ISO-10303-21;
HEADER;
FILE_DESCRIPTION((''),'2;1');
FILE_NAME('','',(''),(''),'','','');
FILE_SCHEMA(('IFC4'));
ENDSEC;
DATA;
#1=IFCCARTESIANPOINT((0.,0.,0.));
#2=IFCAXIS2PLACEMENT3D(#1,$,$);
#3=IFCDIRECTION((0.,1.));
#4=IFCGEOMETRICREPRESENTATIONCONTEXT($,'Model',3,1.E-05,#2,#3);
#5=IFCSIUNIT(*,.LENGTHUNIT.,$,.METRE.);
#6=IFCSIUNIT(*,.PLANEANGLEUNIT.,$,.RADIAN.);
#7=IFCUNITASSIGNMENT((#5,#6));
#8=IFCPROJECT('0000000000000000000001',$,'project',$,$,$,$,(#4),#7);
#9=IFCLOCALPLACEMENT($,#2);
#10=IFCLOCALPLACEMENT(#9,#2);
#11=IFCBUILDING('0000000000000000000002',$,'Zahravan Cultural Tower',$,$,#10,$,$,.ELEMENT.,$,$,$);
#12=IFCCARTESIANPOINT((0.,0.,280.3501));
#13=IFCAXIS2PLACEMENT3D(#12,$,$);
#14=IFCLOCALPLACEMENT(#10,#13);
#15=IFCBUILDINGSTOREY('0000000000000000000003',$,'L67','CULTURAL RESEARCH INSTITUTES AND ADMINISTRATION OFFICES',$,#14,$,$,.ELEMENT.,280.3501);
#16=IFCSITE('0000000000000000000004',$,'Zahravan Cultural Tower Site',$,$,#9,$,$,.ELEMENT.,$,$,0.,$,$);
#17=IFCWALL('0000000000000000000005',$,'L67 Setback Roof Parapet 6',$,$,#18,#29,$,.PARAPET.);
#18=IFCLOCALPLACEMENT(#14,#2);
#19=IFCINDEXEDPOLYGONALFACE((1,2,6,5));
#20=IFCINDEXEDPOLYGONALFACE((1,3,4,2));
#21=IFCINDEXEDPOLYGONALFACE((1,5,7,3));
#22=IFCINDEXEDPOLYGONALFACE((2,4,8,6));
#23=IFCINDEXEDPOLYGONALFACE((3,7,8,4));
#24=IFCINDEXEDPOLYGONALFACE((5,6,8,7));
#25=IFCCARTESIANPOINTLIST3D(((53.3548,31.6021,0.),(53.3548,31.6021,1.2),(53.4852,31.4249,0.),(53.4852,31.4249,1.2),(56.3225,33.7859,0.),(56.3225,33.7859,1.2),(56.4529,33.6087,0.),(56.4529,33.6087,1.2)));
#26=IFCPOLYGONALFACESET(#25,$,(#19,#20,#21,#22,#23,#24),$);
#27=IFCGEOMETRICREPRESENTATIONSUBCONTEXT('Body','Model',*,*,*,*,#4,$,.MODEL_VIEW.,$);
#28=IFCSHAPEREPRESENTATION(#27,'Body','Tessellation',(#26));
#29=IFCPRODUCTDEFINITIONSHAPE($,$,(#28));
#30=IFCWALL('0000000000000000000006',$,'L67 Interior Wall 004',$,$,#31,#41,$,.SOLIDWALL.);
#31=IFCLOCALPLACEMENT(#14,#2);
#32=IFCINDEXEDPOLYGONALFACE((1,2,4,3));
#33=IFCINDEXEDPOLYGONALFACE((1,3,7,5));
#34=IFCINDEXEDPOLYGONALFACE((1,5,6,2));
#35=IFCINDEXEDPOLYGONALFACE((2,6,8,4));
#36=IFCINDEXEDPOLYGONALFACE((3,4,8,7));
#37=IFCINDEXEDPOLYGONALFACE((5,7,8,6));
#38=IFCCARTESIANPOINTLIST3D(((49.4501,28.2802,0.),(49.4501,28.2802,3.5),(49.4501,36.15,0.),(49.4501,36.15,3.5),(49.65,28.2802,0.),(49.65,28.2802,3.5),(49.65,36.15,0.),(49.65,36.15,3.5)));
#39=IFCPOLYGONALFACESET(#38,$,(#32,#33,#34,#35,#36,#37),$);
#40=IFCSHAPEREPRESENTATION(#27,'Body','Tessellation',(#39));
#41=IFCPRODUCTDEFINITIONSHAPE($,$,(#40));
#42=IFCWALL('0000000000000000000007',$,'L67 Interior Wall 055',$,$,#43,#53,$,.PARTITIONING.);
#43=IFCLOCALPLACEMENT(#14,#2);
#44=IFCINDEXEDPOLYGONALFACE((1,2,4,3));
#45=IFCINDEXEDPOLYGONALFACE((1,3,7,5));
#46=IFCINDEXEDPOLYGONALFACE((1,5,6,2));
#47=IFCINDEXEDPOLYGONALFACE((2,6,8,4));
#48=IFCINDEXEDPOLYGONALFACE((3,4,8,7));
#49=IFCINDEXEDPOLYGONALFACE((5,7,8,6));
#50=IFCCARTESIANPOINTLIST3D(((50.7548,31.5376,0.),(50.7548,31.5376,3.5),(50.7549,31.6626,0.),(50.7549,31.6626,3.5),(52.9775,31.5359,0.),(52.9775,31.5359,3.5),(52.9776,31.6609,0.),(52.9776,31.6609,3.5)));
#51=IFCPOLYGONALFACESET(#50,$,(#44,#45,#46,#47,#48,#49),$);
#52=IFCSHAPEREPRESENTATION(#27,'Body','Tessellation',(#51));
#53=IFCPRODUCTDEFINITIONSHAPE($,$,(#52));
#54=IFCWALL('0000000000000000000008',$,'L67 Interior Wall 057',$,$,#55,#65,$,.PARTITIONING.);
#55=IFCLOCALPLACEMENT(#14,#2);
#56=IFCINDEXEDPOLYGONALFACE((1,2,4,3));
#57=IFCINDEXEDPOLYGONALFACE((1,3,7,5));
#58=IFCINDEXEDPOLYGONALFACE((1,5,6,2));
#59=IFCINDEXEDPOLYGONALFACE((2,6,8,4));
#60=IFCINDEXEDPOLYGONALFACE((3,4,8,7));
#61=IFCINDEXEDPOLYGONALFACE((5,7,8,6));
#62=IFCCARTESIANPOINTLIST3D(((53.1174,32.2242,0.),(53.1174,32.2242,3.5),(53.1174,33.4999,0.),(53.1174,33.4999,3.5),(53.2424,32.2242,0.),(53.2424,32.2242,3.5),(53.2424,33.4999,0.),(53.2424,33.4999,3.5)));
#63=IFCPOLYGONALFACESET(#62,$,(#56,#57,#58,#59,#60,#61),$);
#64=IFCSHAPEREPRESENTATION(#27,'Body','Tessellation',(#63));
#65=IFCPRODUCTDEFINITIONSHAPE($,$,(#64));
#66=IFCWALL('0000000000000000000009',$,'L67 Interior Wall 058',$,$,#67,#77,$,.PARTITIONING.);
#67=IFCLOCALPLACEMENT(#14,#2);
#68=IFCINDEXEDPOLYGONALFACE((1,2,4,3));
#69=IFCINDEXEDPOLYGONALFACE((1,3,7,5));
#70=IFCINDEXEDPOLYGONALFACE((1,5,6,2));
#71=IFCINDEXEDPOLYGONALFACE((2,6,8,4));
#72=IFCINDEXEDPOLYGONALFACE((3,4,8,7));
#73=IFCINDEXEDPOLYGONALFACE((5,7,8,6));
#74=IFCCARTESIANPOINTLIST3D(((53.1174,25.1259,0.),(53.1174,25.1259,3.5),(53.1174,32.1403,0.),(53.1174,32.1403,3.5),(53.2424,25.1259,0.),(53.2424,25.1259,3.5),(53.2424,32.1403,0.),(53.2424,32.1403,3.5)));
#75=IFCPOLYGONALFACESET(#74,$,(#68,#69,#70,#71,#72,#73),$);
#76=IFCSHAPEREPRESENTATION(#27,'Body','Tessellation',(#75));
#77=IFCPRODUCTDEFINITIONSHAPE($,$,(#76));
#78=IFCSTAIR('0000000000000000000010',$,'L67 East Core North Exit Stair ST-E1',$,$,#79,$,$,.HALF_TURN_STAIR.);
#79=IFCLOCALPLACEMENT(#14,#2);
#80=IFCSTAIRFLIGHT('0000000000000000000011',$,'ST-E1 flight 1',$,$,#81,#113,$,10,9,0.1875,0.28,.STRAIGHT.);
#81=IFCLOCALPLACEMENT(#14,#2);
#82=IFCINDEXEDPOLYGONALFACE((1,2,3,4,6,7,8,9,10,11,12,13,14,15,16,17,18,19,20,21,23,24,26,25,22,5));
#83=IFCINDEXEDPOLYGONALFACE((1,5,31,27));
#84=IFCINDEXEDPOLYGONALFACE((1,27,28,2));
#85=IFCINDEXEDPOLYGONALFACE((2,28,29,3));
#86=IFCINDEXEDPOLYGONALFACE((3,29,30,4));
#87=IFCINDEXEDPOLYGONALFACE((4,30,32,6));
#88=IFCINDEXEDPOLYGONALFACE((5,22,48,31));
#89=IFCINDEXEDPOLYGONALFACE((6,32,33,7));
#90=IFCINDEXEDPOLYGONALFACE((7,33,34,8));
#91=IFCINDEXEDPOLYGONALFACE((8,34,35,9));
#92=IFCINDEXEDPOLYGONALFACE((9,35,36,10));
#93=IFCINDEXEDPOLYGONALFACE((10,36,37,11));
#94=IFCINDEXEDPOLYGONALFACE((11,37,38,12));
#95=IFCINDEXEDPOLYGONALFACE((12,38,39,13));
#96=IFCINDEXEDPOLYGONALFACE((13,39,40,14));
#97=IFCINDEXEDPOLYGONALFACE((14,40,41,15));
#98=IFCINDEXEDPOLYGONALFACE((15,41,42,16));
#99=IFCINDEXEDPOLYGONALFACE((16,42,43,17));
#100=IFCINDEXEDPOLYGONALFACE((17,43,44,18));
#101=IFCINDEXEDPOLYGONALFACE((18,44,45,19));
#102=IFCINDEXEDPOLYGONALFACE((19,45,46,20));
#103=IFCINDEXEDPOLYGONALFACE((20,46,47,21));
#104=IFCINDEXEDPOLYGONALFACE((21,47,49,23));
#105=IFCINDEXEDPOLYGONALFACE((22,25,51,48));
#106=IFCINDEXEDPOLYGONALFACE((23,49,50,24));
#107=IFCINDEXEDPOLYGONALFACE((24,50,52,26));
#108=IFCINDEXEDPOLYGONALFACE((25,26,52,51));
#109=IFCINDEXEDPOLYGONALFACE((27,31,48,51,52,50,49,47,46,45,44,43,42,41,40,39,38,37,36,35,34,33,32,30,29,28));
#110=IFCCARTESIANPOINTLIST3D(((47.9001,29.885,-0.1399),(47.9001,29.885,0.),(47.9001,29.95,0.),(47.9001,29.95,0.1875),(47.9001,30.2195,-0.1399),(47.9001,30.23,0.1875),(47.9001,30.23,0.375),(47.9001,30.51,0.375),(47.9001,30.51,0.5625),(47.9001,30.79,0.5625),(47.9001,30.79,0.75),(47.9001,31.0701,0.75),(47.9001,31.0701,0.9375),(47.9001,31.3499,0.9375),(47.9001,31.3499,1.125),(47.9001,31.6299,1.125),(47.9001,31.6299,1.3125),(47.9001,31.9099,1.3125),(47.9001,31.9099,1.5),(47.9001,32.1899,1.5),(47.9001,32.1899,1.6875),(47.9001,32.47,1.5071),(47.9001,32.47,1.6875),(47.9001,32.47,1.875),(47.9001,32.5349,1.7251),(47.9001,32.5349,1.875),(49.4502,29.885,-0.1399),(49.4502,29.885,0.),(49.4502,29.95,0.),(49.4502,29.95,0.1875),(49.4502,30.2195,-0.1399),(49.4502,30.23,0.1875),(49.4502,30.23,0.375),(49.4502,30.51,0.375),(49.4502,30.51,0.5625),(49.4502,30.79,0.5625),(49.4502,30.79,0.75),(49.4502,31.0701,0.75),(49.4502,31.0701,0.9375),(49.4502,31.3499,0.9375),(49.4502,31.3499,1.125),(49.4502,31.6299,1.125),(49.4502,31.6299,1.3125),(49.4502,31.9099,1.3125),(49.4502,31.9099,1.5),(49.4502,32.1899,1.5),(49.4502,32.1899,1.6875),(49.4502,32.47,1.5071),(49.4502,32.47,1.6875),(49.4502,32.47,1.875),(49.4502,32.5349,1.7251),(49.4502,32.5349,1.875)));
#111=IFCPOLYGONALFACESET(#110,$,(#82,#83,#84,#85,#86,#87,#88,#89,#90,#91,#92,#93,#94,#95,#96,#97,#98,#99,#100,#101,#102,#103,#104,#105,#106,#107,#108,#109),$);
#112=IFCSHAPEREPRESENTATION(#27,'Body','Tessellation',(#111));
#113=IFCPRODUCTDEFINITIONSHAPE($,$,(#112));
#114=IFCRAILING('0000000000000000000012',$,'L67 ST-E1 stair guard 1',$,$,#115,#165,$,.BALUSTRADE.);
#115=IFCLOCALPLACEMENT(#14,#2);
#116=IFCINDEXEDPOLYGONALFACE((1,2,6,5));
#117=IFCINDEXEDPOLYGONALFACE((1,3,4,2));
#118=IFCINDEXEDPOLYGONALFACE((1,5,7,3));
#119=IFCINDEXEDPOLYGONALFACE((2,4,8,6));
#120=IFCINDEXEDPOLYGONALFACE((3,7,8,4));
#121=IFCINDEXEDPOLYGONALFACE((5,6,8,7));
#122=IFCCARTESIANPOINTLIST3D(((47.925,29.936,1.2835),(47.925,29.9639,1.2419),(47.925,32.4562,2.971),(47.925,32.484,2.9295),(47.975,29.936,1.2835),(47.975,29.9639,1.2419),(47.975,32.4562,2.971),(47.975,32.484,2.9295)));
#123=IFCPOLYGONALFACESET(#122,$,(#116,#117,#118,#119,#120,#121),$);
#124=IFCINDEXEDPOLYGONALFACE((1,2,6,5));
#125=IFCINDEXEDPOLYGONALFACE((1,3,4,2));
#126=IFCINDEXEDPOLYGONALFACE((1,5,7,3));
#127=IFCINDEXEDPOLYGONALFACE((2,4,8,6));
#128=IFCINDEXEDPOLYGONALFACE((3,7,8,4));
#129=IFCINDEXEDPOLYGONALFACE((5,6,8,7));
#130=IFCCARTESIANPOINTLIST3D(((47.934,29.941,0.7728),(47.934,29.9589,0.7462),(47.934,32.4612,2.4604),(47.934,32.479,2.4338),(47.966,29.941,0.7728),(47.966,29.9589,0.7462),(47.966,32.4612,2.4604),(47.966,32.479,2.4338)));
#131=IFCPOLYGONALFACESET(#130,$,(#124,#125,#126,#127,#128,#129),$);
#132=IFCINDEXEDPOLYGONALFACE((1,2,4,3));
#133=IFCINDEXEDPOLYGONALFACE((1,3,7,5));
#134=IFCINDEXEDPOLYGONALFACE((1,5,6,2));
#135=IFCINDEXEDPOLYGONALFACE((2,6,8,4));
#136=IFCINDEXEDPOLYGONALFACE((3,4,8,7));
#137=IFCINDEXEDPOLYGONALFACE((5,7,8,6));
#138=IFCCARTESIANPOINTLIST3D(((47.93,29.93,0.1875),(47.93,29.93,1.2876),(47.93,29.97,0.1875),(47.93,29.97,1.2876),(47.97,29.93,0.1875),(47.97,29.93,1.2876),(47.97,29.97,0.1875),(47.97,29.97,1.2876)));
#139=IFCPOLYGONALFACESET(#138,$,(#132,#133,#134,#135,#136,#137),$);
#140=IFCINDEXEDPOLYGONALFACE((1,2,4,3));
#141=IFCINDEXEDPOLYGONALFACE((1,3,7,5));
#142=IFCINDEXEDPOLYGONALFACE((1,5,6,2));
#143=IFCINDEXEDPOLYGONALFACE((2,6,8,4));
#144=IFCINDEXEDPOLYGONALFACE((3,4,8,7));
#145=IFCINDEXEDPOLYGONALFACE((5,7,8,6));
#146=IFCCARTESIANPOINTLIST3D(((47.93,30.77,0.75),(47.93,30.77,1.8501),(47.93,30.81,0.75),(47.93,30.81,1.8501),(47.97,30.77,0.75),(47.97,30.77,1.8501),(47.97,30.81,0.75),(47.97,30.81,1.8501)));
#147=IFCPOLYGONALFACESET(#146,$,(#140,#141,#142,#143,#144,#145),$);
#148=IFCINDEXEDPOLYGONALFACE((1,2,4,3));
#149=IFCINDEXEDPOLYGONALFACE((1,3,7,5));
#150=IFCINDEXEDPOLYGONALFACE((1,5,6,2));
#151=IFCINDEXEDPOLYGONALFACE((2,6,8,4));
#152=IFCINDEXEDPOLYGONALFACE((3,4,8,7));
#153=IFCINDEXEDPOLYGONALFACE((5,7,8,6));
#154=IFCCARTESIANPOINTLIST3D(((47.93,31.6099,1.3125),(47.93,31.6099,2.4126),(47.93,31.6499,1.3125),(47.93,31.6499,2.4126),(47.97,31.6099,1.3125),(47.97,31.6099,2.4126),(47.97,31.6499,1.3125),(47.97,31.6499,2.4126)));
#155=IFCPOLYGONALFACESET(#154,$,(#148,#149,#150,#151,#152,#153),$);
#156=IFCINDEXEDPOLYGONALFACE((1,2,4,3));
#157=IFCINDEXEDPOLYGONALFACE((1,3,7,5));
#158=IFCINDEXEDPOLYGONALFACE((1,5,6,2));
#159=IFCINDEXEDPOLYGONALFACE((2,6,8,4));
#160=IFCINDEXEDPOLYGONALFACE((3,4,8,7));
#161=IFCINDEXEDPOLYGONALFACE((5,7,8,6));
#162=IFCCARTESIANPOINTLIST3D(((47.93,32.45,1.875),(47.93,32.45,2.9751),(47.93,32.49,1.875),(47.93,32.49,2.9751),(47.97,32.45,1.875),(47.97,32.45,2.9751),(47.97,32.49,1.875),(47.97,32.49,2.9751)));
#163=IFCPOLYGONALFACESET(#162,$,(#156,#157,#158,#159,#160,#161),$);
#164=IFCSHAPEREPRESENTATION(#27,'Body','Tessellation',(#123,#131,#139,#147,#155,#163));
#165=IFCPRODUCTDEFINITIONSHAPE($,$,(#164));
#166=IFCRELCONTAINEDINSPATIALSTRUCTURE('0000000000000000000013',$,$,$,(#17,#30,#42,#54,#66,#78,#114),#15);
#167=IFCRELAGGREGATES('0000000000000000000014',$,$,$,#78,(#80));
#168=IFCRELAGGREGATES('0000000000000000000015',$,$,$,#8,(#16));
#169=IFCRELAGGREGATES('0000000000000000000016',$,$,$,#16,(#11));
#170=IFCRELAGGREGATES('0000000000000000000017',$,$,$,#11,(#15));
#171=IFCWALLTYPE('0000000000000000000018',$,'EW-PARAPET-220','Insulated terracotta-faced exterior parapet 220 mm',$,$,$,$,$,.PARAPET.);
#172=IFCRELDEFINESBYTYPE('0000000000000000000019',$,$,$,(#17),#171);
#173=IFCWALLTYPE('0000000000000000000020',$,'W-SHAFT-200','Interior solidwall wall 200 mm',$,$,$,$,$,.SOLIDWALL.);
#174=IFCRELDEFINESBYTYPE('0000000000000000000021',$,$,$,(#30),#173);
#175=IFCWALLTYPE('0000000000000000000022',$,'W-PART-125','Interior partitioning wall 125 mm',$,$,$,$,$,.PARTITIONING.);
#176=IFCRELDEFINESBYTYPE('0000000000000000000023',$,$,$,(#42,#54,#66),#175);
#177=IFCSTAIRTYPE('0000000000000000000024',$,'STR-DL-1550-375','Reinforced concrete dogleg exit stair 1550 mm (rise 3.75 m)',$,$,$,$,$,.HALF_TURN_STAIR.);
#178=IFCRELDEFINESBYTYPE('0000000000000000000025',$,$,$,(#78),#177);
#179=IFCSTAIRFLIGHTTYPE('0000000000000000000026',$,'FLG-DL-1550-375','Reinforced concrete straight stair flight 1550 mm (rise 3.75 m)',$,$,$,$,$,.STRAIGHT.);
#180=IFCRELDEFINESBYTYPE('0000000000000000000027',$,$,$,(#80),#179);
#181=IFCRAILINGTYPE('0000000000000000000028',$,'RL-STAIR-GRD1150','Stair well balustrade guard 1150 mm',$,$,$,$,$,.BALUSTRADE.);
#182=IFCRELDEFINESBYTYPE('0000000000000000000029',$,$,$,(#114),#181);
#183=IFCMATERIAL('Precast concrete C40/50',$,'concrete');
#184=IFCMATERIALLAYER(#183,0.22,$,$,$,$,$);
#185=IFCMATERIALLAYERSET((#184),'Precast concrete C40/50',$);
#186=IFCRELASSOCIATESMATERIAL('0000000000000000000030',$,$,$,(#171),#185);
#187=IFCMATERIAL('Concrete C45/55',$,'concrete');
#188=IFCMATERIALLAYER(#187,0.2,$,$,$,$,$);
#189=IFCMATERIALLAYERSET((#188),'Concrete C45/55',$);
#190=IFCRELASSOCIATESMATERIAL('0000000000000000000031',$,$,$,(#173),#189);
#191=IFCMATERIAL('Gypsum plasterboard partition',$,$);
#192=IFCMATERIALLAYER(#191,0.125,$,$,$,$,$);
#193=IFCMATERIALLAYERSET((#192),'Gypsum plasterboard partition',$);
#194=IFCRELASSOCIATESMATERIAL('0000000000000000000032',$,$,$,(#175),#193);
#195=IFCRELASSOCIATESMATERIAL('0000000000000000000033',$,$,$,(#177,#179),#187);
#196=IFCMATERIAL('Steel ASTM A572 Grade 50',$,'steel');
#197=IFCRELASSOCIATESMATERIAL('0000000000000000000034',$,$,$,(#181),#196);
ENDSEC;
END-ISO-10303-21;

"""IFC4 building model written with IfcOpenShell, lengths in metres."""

from ifc_helpers import new_model, si_unit, direction, frame, frame_2d, origin, origin_2d, place, context, subcontext, project, spatial, polyline, rectangle, outline, extrude, source, transform, mapped, material, layer, layer_set, type_object, element, aggregate, save


model = new_model("IFC4")

# Units and contexts
model_context = context("Model", 3, precision=1e-05, world=origin(), true_north=direction((0.0, 1.0)))
body_context = subcontext(model_context, "Body", "Model", "MODEL_VIEW")
ifc_project = project(units=[si_unit("LENGTHUNIT", "METRE"), si_unit("PLANEANGLEUNIT", "RADIAN")], contexts=[model_context])

# Site, building, storey
site_placement = place(None, origin())
site = spatial("IfcSite", under=ifc_project, at=site_placement, Name="Zahravan Cultural Tower Site", CompositionType="ELEMENT", RefElevation=0.0)
building_placement = place(site_placement, origin())
building = spatial("IfcBuilding", under=site, at=building_placement, Name="Zahravan Cultural Tower", CompositionType="ELEMENT")
storey_placement = place(building_placement, frame((0.0, 0.0, 280.3501)))
storey = spatial("IfcBuildingStorey", under=building, at=storey_placement, Name="L67", Description="CULTURAL RESEARCH INSTITUTES AND ADMINISTRATION OFFICES", CompositionType="ELEMENT", Elevation=280.3501)

# Walls
ifc_material_1 = material(Name="Precast concrete C40/50", Category="concrete")
ifc_layer_1 = layer(ifc_material_1, 0.22)
ifc_layer_set_1 = layer_set([ifc_layer_1], Name="Precast concrete C40/50")
wall_type_1 = type_object("IfcWallType", Name="EW-PARAPET-220", Description="Insulated terracotta-faced exterior parapet 220 mm", PredefinedType="PARAPET", material=ifc_layer_set_1)
shared_shape_1 = source(origin(), body_context, "Body", "SweptSolid", [
    extrude(rectangle(XDim=3.6846, YDim=0.22, at=frame_2d((1.8423, 0.0))), origin(), (0.0, 0.0, 1.0), 1.2),
])
wall_1_placement = place(storey_placement, frame((56.3877, 33.6973, 0.0), z_axis=(0.0, 0.0, 1.0), x_axis=(-0.805437, -0.592681, 0.0)))
element("IfcWall", 1, at=wall_1_placement, inside=storey, type_object=wall_type_1, Name="L67 Setback Roof Parapet 6", PredefinedType="PARAPET", context=body_context, shape_type="MappedRepresentation", body=[
    mapped(shared_shape_1, transform((0.0, 0.0, 0.0), x_axis=(1.0, 0.0, 0.0), y_axis=(0.0, 1.0, 0.0), z_axis=(0.0, 0.0, 1.0), scale=1.0)),
])
ifc_material_2 = material(Name="Concrete C45/55", Category="concrete")
ifc_layer_2 = layer(ifc_material_2, 0.2)
ifc_layer_set_2 = layer_set([ifc_layer_2], Name="Concrete C45/55")
wall_type_2 = type_object("IfcWallType", Name="W-SHAFT-200", Description="Interior solidwall wall 200 mm", PredefinedType="SOLIDWALL", material=ifc_layer_set_2)
shared_shape_2 = source(origin(), body_context, "Body", "SweptSolid", [
    extrude(rectangle(XDim=7.8699, YDim=0.2, at=frame_2d((3.9351, 0.0))), origin(), (0.0, 0.0, 1.0), 3.5),
])
wall_2_placement = place(storey_placement, frame((49.55, 28.28, 0.0), z_axis=(0.0, 0.0, 1.0), x_axis=(0.0, 1.0, 0.0)))
element("IfcWall", 2, at=wall_2_placement, inside=storey, type_object=wall_type_2, Name="L67 Interior Wall 004", PredefinedType="SOLIDWALL", context=body_context, shape_type="MappedRepresentation", body=[
    mapped(shared_shape_2, transform((0.0, 0.0, 0.0), x_axis=(1.0, 0.0, 0.0), y_axis=(0.0, 1.0, 0.0), z_axis=(0.0, 0.0, 1.0), scale=1.0)),
])
ifc_material_3 = material(Name="Gypsum plasterboard partition")
ifc_layer_3 = layer(ifc_material_3, 0.125)
ifc_layer_set_3 = layer_set([ifc_layer_3], Name="Gypsum plasterboard partition")
wall_type_3 = type_object("IfcWallType", Name="W-PART-125", Description="Interior partitioning wall 125 mm", PredefinedType="PARTITIONING", material=ifc_layer_set_3)
shared_shape_3 = source(origin(), body_context, "Body", "SweptSolid", [
    extrude(rectangle(XDim=2.2227, YDim=0.125, at=frame_2d((1.1113, 0.0))), origin(), (0.0, 0.0, 1.0), 3.5),
])
wall_3_placement = place(storey_placement, frame((52.9775, 31.5984, 0.0), z_axis=(0.0, 0.0, 1.0), x_axis=(-1.0, 0.000769, 0.0)))
element("IfcWall", 3, at=wall_3_placement, inside=storey, type_object=wall_type_3, Name="L67 Interior Wall 055", PredefinedType="PARTITIONING", context=body_context, shape_type="MappedRepresentation", body=[
    mapped(shared_shape_3, transform((0.0, 0.0, 0.0), x_axis=(1.0, 0.0, 0.0), y_axis=(0.0, 1.0, 0.0), z_axis=(0.0, 0.0, 1.0), scale=1.0)),
])
shared_shape_4 = source(origin(), body_context, "Body", "SweptSolid", [
    extrude(rectangle(XDim=1.2756, YDim=0.125, at=frame_2d((0.6377, 0.0))), origin(), (0.0, 0.0, 1.0), 3.5),
])
wall_4_placement = place(storey_placement, frame((53.1799, 33.4998, 0.0), z_axis=(0.0, 0.0, 1.0), x_axis=(0.0, -1.0, 0.0)))
element("IfcWall", 4, at=wall_4_placement, inside=storey, type_object=wall_type_3, Name="L67 Interior Wall 057", PredefinedType="PARTITIONING", context=body_context, shape_type="MappedRepresentation", body=[
    mapped(shared_shape_4, transform((0.0, 0.0, 0.0), x_axis=(1.0, 0.0, 0.0), y_axis=(0.0, 1.0, 0.0), z_axis=(0.0, 0.0, 1.0), scale=1.0)),
])
shared_shape_5 = source(origin(), body_context, "Body", "SweptSolid", [
    extrude(rectangle(XDim=7.0144, YDim=0.125, at=frame_2d((3.5073, 0.0))), origin(), (0.0, 0.0, 1.0), 3.5),
])
wall_5_placement = place(storey_placement, frame((53.1799, 32.1404, 0.0), z_axis=(0.0, 0.0, 1.0), x_axis=(0.0, -1.0, 0.0)))
element("IfcWall", 5, at=wall_5_placement, inside=storey, type_object=wall_type_3, Name="L67 Interior Wall 058", PredefinedType="PARTITIONING", context=body_context, shape_type="MappedRepresentation", body=[
    mapped(shared_shape_5, transform((0.0, 0.0, 0.0), x_axis=(1.0, 0.0, 0.0), y_axis=(0.0, 1.0, 0.0), z_axis=(0.0, 0.0, 1.0), scale=1.0)),
])

# Stair, stair flight
stair_type = type_object("IfcStairType", Name="STR-DL-1550-375", Description="Reinforced concrete dogleg exit stair 1550 mm (rise 3.75 m)", PredefinedType="HALF_TURN_STAIR", material=ifc_material_2)
stair_placement = place(storey_placement, origin())
stair = element("IfcStair", 6, at=stair_placement, inside=storey, type_object=stair_type, Name="L67 East Core North Exit Stair ST-E1", PredefinedType="HALF_TURN_STAIR")
stair_flight_type = type_object("IfcStairFlightType", Name="FLG-DL-1550-375", Description="Reinforced concrete straight stair flight 1550 mm (rise 3.75 m)", PredefinedType="STRAIGHT", material=ifc_material_2)
stair_flight_placement = place(storey_placement, frame((48.675, 29.95, 0.0), z_axis=(0.0, 0.0, 1.0), x_axis=(0.0, 1.0, 0.0)))
stair_flight = element("IfcStairFlight", 7, at=stair_flight_placement, type_object=stair_flight_type, Name="ST-E1 flight 1", NumberOfRisers=10, NumberOfTreads=9, PredefinedType="STRAIGHT", RiserHeight=0.1875, TreadLength=0.28, context=body_context, shape_type="SweptSolid", body=[
    extrude(outline(polyline([(-0.0649, -0.1399), (-0.0649, 0.0), (0.0, 0.0), (0.0, 0.1875), (0.28, 0.1875), (0.28, 0.375), (0.5601, 0.375), (0.5601, 0.5625), (0.8401, 0.5625), (0.8401, 0.75), (1.1201, 0.75), (1.1201, 0.9375), (1.3999, 0.9375), (1.3999, 1.125), (1.6799, 1.125), (1.6799, 1.3125), (1.96, 1.3125), (1.96, 1.5), (2.24, 1.5), (2.24, 1.6875), (2.52, 1.6875), (2.52, 1.875), (2.585, 1.875), (2.585, 1.7251), (2.52, 1.5071), (0.2695, -0.1399), (-0.0649, -0.1399)])), frame((0.0, 0.7749, 0.0), z_axis=(0.0, -1.0, 0.0), x_axis=(1.0, 0.0, 0.0)), (0.0, 0.0, 1.0), 1.55),
])
aggregate(stair, [stair_flight])

# Railing
ifc_material_4 = material(Name="Steel ASTM A572 Grade 50", Category="steel")
railing_type_1 = type_object("IfcRailingType", Name="RL-STAIR-GRD1150", Description="Stair well balustrade guard 1150 mm", PredefinedType="BALUSTRADE", material=ifc_material_4)
railing_1_placement = place(storey_placement, frame((47.95, 29.95, 0.1875)))
element("IfcRailing", 8, at=railing_1_placement, inside=storey, type_object=railing_type_1, Name="L67 ST-E1 stair guard 1", PredefinedType="BALUSTRADE", context=body_context, shape_type="SweptSolid", body=[
    extrude(rectangle(XDim=0.05, YDim=0.05, at=origin_2d()), frame((0.0, 0.0, 1.0752), z_axis=(0.0, 0.830909, 0.556408), x_axis=(-1.0, 0.0, 0.0)), (0.0, 0.0, 1.0), 3.033),
    extrude(rectangle(XDim=0.032, YDim=0.032, at=origin_2d()), frame((0.0, 0.0, 0.572), z_axis=(0.0, 0.830909, 0.556408), x_axis=(-1.0, 0.0, 0.0)), (0.0, 0.0, 1.0), 3.033),
    extrude(rectangle(XDim=0.04, YDim=0.04, at=origin_2d()), origin(), (0.0, 0.0, 1.0), 1.1001),
    extrude(rectangle(XDim=0.04, YDim=0.04, at=origin_2d()), frame((0.0, 0.8401, 0.5625)), (0.0, 0.0, 1.0), 1.1001),
    extrude(rectangle(XDim=0.04, YDim=0.04, at=origin_2d()), frame((0.0, 1.6799, 1.125)), (0.0, 0.0, 1.0), 1.1001),
    extrude(rectangle(XDim=0.04, YDim=0.04, at=origin_2d()), frame((0.0, 2.52, 1.6875)), (0.0, 0.0, 1.0), 1.1001),
])

save(model, "model.ifc")
